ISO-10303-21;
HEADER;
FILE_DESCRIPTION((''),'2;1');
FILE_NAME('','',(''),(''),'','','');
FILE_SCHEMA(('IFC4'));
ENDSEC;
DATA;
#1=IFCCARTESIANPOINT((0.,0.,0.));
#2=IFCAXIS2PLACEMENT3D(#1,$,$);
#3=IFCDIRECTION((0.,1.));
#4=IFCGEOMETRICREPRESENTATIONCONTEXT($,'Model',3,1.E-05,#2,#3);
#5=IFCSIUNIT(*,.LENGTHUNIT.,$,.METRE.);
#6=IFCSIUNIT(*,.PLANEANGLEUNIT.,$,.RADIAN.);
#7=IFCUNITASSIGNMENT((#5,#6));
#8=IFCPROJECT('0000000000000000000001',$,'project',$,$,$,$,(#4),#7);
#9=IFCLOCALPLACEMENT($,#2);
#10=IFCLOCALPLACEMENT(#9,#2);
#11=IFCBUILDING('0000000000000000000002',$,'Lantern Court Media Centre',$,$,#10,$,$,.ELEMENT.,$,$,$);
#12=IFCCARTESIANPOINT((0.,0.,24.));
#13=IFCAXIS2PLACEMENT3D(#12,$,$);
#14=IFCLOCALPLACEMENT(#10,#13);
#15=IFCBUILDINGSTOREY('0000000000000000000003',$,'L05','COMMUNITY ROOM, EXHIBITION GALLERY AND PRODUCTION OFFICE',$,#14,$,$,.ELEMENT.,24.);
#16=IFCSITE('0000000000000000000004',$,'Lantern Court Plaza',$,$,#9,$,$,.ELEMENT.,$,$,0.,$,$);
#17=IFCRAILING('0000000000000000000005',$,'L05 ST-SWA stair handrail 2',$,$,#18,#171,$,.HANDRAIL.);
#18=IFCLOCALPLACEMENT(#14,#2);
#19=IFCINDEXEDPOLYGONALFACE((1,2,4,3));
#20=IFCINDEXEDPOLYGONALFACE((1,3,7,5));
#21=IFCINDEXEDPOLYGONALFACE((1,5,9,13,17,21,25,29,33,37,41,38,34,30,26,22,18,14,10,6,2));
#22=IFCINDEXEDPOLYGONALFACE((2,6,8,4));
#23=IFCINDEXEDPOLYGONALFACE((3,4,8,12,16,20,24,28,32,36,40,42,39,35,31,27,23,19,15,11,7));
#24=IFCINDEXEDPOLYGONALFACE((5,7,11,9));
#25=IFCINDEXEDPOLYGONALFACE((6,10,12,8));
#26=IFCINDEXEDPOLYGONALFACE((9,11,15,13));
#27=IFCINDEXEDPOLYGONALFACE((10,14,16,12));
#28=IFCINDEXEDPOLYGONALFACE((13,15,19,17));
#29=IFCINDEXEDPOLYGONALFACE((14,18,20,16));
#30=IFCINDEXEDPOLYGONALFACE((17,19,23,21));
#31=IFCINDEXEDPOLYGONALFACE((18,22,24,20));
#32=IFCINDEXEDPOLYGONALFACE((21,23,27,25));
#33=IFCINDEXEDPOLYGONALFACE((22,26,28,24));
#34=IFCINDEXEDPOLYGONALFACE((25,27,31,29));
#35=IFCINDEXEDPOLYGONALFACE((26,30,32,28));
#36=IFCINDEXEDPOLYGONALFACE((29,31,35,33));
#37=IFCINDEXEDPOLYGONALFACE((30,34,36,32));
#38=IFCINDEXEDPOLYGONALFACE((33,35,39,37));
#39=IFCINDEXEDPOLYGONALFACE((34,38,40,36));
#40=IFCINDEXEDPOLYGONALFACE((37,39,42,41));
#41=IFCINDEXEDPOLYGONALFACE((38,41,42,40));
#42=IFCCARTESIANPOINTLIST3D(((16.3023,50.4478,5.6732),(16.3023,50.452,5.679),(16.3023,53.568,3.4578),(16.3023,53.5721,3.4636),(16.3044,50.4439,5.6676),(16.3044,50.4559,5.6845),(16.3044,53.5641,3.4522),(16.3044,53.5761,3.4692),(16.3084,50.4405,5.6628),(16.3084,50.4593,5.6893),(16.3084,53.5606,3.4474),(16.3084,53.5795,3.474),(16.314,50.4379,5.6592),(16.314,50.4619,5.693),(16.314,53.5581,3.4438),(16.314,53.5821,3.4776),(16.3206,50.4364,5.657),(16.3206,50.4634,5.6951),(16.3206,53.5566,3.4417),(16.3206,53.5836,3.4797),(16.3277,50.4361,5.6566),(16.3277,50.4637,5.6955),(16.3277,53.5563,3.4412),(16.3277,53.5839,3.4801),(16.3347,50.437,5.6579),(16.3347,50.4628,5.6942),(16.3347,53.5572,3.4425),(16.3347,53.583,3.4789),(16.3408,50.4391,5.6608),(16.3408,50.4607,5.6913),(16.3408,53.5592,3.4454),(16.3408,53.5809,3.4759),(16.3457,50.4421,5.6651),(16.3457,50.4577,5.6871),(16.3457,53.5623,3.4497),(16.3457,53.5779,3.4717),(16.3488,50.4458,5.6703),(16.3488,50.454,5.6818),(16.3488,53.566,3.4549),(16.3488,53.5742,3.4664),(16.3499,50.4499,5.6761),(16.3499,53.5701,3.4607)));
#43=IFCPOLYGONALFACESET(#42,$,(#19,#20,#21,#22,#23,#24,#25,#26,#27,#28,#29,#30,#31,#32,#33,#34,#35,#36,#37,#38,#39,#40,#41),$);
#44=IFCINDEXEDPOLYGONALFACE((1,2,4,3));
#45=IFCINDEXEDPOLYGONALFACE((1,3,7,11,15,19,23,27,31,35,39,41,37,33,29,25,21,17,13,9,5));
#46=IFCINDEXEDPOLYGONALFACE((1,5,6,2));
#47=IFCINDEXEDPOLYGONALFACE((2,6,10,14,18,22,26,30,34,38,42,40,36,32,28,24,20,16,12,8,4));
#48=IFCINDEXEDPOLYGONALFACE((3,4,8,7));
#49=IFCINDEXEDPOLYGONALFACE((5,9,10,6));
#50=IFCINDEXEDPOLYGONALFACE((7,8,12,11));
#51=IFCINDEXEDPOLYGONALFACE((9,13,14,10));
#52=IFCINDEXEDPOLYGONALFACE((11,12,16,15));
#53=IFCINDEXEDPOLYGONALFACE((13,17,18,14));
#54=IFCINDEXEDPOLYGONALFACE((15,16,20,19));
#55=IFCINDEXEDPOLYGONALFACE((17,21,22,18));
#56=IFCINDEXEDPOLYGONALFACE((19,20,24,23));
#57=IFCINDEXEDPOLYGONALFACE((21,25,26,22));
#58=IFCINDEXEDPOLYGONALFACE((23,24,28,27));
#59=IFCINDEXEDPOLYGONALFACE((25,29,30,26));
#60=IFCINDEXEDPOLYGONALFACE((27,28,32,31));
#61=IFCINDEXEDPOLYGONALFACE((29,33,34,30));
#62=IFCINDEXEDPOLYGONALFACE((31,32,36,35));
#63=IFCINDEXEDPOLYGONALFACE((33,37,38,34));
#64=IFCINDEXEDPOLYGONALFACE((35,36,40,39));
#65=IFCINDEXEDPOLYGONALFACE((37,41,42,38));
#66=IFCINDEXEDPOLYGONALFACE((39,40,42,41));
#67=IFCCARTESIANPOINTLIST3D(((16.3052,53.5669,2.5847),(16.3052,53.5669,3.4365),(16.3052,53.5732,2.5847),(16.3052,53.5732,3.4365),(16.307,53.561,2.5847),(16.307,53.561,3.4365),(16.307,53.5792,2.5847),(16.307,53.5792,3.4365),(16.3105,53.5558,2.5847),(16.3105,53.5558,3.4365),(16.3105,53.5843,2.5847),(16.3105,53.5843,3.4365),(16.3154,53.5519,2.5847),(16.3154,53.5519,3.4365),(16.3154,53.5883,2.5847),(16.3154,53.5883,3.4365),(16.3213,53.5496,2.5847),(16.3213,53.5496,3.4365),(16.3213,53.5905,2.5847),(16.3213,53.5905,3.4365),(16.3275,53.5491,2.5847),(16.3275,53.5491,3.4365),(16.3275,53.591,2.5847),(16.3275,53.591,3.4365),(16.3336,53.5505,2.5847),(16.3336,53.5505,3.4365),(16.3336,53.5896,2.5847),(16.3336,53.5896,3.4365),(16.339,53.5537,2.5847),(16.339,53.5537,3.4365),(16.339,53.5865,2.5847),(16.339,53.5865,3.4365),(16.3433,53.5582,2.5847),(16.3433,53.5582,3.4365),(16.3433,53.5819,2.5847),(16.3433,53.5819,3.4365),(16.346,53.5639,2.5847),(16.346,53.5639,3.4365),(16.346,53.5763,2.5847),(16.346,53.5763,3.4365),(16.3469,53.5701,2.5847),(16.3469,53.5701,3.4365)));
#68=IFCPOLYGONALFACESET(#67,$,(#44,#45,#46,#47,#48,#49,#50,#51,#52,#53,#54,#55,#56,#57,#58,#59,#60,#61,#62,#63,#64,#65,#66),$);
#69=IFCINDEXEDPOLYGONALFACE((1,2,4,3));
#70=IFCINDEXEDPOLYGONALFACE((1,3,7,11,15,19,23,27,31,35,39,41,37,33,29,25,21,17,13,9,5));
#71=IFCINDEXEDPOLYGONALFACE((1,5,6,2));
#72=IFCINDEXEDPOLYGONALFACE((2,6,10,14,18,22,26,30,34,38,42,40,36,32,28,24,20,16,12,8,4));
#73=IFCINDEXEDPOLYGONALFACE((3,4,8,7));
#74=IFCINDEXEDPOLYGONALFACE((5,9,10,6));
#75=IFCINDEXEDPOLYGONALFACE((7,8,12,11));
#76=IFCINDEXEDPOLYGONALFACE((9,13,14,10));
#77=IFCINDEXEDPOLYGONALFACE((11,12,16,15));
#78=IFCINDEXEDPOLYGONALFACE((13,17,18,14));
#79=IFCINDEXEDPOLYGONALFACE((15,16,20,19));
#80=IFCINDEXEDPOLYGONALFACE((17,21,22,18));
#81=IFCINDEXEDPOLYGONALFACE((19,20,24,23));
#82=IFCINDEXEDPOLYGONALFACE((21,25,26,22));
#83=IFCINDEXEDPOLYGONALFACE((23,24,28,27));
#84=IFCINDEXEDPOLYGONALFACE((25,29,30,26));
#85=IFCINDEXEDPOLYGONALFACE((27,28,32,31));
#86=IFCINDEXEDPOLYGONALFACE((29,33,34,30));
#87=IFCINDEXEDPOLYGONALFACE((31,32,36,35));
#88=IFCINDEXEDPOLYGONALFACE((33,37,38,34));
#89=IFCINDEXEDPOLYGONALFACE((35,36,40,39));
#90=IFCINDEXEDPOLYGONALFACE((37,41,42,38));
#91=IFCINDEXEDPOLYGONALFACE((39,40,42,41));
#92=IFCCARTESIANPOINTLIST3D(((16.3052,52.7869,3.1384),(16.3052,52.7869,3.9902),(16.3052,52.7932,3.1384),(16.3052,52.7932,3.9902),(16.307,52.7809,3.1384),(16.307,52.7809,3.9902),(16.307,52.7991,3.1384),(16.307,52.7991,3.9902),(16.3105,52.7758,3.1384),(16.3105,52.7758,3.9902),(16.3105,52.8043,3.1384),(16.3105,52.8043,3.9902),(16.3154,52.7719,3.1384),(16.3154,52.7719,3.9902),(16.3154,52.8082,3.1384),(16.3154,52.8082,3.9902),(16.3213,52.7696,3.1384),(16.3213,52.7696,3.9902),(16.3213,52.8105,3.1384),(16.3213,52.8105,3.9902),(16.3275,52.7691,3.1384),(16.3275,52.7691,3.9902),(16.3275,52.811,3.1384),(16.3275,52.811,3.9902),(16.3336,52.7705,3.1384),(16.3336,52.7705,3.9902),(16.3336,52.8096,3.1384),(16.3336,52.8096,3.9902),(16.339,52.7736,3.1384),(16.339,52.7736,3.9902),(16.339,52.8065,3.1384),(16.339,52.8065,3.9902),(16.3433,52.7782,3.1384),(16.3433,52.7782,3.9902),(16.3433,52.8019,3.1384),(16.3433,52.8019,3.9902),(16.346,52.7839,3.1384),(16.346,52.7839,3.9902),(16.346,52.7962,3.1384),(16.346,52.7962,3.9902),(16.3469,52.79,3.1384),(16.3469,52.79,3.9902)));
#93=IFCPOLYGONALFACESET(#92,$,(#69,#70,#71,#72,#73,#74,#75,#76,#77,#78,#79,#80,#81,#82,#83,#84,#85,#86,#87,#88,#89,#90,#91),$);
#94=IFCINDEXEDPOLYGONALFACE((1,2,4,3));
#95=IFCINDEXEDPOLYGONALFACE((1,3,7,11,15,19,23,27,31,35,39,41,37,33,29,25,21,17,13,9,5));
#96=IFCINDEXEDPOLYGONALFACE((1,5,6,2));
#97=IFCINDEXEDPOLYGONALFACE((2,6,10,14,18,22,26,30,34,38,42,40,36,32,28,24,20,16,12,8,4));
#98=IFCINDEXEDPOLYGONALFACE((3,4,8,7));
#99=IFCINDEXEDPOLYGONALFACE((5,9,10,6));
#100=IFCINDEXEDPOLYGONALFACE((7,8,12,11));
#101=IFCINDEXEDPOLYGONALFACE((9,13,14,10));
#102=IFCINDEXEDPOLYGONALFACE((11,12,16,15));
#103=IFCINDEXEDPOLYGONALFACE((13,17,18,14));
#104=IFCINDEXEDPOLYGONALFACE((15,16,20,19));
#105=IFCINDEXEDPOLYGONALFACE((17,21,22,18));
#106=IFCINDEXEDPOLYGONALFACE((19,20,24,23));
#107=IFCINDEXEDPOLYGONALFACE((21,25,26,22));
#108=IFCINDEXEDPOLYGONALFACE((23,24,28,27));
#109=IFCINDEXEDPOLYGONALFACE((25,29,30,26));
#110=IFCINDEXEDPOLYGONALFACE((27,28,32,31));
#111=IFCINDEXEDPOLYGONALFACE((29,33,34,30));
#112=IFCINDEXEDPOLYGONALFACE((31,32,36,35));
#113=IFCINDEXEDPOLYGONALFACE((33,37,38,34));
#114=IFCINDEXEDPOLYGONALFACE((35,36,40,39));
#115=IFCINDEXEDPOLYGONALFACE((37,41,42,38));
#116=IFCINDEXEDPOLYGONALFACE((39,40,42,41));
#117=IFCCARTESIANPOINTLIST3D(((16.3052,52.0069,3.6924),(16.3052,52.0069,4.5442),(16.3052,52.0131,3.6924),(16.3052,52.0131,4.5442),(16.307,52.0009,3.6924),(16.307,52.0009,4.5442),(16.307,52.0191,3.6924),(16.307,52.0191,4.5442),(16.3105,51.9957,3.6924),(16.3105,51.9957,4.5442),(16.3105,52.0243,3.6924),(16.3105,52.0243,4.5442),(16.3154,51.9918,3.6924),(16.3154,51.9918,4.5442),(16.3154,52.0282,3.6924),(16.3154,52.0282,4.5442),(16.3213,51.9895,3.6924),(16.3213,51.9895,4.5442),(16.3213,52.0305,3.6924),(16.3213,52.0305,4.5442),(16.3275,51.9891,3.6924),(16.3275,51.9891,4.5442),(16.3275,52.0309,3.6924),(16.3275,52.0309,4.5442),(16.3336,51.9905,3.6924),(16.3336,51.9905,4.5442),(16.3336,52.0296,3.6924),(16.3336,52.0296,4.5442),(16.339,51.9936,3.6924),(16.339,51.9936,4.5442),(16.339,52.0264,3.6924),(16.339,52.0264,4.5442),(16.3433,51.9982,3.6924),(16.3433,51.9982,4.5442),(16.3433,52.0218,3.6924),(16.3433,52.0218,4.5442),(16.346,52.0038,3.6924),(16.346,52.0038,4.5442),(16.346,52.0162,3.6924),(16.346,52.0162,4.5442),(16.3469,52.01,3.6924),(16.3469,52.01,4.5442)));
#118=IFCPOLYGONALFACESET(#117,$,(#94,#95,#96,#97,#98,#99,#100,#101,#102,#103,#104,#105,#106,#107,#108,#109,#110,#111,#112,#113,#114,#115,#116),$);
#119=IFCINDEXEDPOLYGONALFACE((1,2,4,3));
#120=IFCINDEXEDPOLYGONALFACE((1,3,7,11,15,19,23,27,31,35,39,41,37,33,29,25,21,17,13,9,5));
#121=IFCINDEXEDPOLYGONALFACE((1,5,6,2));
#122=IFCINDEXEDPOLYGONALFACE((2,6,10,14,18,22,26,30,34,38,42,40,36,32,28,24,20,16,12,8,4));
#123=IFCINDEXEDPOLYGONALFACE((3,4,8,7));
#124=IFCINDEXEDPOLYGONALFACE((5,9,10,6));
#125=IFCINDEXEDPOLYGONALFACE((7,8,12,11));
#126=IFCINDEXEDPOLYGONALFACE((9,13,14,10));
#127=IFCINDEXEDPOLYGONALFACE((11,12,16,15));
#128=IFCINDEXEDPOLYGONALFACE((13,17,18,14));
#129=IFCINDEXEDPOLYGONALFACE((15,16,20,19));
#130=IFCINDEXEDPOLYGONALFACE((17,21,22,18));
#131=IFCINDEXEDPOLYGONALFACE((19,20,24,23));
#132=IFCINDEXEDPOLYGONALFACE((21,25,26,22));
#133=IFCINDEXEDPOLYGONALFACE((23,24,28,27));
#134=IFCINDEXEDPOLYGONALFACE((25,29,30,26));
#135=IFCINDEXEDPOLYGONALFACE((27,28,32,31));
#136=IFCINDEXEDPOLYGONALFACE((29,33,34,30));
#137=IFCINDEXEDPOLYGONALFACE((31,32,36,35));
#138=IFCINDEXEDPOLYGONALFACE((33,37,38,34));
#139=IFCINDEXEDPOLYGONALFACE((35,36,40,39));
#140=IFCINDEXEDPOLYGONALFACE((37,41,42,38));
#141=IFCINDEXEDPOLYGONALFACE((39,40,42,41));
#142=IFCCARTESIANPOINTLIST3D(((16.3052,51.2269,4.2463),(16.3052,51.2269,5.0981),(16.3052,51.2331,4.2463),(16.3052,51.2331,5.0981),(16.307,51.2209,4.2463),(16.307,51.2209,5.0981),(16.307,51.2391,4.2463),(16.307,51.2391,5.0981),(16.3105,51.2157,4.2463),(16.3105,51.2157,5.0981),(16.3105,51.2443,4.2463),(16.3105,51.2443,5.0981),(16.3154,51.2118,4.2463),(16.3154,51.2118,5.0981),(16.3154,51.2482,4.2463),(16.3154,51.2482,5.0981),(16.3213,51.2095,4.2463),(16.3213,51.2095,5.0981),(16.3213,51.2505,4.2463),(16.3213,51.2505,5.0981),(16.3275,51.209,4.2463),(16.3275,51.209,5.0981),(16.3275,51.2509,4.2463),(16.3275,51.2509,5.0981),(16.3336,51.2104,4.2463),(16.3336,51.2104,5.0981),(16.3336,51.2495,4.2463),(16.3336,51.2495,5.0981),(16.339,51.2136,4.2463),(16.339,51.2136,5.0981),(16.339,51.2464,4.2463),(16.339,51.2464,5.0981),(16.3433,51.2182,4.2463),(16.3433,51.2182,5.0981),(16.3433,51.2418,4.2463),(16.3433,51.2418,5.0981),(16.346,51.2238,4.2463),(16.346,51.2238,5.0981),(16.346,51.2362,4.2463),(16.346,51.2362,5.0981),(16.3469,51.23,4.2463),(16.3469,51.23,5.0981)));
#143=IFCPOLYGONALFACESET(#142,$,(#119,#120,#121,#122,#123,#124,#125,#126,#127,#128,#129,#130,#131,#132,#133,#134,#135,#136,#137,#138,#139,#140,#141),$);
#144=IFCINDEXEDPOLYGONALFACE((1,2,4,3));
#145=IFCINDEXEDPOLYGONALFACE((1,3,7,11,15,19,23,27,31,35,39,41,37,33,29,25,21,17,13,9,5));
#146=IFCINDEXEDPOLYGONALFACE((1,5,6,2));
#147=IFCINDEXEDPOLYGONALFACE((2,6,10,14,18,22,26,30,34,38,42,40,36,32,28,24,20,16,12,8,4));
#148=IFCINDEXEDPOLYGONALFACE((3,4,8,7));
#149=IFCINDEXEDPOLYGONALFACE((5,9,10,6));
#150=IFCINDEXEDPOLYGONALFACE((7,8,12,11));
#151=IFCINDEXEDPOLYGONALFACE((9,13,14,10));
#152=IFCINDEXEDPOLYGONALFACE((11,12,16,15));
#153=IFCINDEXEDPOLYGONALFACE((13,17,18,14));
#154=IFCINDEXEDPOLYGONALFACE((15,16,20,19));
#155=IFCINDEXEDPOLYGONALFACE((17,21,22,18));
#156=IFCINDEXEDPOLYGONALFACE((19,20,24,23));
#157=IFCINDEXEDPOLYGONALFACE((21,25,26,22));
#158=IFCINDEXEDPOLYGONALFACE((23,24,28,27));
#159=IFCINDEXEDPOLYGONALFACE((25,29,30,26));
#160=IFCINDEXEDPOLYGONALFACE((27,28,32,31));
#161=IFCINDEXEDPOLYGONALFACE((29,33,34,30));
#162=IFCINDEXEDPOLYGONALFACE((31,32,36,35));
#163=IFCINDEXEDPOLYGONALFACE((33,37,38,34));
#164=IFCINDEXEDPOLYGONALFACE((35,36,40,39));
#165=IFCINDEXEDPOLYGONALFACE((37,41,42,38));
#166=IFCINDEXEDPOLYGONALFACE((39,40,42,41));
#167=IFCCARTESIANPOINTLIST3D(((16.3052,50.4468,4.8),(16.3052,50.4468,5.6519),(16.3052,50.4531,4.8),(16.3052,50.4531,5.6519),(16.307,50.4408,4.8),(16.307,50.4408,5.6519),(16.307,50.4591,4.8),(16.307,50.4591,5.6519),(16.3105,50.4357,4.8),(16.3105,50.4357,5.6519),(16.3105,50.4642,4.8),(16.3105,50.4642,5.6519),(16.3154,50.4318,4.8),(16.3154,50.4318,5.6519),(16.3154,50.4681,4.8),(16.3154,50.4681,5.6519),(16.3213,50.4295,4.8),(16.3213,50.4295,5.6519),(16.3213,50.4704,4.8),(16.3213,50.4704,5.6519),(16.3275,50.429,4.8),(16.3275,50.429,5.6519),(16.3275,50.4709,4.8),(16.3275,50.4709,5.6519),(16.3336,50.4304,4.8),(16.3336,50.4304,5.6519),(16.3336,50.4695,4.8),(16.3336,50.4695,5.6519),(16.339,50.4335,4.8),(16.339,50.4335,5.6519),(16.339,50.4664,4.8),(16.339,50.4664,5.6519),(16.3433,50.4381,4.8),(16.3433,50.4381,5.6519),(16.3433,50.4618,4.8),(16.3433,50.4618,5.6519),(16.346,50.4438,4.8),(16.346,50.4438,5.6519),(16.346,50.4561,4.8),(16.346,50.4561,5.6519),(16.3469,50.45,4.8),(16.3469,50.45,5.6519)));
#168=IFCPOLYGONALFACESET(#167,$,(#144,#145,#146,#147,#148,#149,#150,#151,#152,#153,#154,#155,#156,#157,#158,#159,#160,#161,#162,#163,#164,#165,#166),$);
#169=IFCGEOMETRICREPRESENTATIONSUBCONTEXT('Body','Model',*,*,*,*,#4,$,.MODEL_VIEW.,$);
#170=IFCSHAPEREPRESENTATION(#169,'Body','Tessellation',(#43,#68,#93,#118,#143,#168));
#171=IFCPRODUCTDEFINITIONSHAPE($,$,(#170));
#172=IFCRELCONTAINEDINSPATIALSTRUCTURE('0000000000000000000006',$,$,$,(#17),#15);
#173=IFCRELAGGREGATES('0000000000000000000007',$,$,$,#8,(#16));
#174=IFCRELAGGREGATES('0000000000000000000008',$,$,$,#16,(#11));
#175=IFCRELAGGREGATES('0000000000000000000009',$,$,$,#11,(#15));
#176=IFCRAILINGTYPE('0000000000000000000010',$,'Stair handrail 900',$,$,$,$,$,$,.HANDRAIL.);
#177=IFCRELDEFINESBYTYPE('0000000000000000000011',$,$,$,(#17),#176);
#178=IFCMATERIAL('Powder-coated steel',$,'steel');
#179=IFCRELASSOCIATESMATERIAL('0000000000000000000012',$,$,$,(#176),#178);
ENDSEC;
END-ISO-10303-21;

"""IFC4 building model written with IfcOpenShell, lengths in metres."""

from ifc_helpers import new_model, si_unit, direction, frame, origin, origin_2d, place, context, subcontext, project, spatial, circle, extrude, material, type_object, element, save


model = new_model("IFC4")

# Units and contexts
model_context = context("Model", 3, precision=1e-05, world=origin(), true_north=direction((0.0, 1.0)))
body_context = subcontext(model_context, "Body", "Model", "MODEL_VIEW")
ifc_project = project(units=[si_unit("LENGTHUNIT", "METRE"), si_unit("PLANEANGLEUNIT", "RADIAN")], contexts=[model_context])

# Site, building, storey
site_placement = place(None, origin())
site = spatial("IfcSite", under=ifc_project, at=site_placement, Name="Lantern Court Plaza", CompositionType="ELEMENT", RefElevation=0.0)
building_placement = place(site_placement, origin())
building = spatial("IfcBuilding", under=site, at=building_placement, Name="Lantern Court Media Centre", CompositionType="ELEMENT")
storey_placement = place(building_placement, frame((0.0, 0.0, 24.0)))
storey = spatial("IfcBuildingStorey", under=building, at=storey_placement, Name="L05", Description="COMMUNITY ROOM, EXHIBITION GALLERY AND PRODUCTION OFFICE", CompositionType="ELEMENT", Elevation=24.0)

# Shared definitions
ifc_material_1 = material(Name="Powder-coated steel", Category="steel")

# Railing
railing_type_1 = type_object("IfcRailingType", Name="Stair handrail 900", PredefinedType="HANDRAIL", material=ifc_material_1)
railing_1_placement = place(storey_placement, frame((16.3259, 53.5701, 2.5847)))
element("IfcRailing", 1, at=railing_1_placement, inside=storey, type_object=railing_type_1, Name="L05 ST-SWA stair handrail 2", PredefinedType="HANDRAIL", context=body_context, shape_type="SweptSolid", body=[
    extrude(circle(Radius=0.0239, at=origin_2d()), frame((0.0, 0.0, 0.876), z_axis=(0.0, -0.815377, 0.57893), x_axis=(1.0, 0.0, 0.0)), (0.0, 0.0, 1.0), 3.8267),
    extrude(circle(Radius=0.021, at=origin_2d()), origin(), (0.0, 0.0, 1.0), 0.8518),
    extrude(circle(Radius=0.021, at=origin_2d()), frame((0.0, -0.78, 0.5537)), (0.0, 0.0, 1.0), 0.8518),
    extrude(circle(Radius=0.021, at=origin_2d()), frame((0.0, -1.5601, 1.1077)), (0.0, 0.0, 1.0), 0.8518),
    extrude(circle(Radius=0.021, at=origin_2d()), frame((0.0, -2.3401, 1.6616)), (0.0, 0.0, 1.0), 0.8518),
    extrude(circle(Radius=0.021, at=origin_2d()), frame((0.0, -3.1201, 2.2153)), (0.0, 0.0, 1.0), 0.8518),
])

save(model, "model.ifc")
